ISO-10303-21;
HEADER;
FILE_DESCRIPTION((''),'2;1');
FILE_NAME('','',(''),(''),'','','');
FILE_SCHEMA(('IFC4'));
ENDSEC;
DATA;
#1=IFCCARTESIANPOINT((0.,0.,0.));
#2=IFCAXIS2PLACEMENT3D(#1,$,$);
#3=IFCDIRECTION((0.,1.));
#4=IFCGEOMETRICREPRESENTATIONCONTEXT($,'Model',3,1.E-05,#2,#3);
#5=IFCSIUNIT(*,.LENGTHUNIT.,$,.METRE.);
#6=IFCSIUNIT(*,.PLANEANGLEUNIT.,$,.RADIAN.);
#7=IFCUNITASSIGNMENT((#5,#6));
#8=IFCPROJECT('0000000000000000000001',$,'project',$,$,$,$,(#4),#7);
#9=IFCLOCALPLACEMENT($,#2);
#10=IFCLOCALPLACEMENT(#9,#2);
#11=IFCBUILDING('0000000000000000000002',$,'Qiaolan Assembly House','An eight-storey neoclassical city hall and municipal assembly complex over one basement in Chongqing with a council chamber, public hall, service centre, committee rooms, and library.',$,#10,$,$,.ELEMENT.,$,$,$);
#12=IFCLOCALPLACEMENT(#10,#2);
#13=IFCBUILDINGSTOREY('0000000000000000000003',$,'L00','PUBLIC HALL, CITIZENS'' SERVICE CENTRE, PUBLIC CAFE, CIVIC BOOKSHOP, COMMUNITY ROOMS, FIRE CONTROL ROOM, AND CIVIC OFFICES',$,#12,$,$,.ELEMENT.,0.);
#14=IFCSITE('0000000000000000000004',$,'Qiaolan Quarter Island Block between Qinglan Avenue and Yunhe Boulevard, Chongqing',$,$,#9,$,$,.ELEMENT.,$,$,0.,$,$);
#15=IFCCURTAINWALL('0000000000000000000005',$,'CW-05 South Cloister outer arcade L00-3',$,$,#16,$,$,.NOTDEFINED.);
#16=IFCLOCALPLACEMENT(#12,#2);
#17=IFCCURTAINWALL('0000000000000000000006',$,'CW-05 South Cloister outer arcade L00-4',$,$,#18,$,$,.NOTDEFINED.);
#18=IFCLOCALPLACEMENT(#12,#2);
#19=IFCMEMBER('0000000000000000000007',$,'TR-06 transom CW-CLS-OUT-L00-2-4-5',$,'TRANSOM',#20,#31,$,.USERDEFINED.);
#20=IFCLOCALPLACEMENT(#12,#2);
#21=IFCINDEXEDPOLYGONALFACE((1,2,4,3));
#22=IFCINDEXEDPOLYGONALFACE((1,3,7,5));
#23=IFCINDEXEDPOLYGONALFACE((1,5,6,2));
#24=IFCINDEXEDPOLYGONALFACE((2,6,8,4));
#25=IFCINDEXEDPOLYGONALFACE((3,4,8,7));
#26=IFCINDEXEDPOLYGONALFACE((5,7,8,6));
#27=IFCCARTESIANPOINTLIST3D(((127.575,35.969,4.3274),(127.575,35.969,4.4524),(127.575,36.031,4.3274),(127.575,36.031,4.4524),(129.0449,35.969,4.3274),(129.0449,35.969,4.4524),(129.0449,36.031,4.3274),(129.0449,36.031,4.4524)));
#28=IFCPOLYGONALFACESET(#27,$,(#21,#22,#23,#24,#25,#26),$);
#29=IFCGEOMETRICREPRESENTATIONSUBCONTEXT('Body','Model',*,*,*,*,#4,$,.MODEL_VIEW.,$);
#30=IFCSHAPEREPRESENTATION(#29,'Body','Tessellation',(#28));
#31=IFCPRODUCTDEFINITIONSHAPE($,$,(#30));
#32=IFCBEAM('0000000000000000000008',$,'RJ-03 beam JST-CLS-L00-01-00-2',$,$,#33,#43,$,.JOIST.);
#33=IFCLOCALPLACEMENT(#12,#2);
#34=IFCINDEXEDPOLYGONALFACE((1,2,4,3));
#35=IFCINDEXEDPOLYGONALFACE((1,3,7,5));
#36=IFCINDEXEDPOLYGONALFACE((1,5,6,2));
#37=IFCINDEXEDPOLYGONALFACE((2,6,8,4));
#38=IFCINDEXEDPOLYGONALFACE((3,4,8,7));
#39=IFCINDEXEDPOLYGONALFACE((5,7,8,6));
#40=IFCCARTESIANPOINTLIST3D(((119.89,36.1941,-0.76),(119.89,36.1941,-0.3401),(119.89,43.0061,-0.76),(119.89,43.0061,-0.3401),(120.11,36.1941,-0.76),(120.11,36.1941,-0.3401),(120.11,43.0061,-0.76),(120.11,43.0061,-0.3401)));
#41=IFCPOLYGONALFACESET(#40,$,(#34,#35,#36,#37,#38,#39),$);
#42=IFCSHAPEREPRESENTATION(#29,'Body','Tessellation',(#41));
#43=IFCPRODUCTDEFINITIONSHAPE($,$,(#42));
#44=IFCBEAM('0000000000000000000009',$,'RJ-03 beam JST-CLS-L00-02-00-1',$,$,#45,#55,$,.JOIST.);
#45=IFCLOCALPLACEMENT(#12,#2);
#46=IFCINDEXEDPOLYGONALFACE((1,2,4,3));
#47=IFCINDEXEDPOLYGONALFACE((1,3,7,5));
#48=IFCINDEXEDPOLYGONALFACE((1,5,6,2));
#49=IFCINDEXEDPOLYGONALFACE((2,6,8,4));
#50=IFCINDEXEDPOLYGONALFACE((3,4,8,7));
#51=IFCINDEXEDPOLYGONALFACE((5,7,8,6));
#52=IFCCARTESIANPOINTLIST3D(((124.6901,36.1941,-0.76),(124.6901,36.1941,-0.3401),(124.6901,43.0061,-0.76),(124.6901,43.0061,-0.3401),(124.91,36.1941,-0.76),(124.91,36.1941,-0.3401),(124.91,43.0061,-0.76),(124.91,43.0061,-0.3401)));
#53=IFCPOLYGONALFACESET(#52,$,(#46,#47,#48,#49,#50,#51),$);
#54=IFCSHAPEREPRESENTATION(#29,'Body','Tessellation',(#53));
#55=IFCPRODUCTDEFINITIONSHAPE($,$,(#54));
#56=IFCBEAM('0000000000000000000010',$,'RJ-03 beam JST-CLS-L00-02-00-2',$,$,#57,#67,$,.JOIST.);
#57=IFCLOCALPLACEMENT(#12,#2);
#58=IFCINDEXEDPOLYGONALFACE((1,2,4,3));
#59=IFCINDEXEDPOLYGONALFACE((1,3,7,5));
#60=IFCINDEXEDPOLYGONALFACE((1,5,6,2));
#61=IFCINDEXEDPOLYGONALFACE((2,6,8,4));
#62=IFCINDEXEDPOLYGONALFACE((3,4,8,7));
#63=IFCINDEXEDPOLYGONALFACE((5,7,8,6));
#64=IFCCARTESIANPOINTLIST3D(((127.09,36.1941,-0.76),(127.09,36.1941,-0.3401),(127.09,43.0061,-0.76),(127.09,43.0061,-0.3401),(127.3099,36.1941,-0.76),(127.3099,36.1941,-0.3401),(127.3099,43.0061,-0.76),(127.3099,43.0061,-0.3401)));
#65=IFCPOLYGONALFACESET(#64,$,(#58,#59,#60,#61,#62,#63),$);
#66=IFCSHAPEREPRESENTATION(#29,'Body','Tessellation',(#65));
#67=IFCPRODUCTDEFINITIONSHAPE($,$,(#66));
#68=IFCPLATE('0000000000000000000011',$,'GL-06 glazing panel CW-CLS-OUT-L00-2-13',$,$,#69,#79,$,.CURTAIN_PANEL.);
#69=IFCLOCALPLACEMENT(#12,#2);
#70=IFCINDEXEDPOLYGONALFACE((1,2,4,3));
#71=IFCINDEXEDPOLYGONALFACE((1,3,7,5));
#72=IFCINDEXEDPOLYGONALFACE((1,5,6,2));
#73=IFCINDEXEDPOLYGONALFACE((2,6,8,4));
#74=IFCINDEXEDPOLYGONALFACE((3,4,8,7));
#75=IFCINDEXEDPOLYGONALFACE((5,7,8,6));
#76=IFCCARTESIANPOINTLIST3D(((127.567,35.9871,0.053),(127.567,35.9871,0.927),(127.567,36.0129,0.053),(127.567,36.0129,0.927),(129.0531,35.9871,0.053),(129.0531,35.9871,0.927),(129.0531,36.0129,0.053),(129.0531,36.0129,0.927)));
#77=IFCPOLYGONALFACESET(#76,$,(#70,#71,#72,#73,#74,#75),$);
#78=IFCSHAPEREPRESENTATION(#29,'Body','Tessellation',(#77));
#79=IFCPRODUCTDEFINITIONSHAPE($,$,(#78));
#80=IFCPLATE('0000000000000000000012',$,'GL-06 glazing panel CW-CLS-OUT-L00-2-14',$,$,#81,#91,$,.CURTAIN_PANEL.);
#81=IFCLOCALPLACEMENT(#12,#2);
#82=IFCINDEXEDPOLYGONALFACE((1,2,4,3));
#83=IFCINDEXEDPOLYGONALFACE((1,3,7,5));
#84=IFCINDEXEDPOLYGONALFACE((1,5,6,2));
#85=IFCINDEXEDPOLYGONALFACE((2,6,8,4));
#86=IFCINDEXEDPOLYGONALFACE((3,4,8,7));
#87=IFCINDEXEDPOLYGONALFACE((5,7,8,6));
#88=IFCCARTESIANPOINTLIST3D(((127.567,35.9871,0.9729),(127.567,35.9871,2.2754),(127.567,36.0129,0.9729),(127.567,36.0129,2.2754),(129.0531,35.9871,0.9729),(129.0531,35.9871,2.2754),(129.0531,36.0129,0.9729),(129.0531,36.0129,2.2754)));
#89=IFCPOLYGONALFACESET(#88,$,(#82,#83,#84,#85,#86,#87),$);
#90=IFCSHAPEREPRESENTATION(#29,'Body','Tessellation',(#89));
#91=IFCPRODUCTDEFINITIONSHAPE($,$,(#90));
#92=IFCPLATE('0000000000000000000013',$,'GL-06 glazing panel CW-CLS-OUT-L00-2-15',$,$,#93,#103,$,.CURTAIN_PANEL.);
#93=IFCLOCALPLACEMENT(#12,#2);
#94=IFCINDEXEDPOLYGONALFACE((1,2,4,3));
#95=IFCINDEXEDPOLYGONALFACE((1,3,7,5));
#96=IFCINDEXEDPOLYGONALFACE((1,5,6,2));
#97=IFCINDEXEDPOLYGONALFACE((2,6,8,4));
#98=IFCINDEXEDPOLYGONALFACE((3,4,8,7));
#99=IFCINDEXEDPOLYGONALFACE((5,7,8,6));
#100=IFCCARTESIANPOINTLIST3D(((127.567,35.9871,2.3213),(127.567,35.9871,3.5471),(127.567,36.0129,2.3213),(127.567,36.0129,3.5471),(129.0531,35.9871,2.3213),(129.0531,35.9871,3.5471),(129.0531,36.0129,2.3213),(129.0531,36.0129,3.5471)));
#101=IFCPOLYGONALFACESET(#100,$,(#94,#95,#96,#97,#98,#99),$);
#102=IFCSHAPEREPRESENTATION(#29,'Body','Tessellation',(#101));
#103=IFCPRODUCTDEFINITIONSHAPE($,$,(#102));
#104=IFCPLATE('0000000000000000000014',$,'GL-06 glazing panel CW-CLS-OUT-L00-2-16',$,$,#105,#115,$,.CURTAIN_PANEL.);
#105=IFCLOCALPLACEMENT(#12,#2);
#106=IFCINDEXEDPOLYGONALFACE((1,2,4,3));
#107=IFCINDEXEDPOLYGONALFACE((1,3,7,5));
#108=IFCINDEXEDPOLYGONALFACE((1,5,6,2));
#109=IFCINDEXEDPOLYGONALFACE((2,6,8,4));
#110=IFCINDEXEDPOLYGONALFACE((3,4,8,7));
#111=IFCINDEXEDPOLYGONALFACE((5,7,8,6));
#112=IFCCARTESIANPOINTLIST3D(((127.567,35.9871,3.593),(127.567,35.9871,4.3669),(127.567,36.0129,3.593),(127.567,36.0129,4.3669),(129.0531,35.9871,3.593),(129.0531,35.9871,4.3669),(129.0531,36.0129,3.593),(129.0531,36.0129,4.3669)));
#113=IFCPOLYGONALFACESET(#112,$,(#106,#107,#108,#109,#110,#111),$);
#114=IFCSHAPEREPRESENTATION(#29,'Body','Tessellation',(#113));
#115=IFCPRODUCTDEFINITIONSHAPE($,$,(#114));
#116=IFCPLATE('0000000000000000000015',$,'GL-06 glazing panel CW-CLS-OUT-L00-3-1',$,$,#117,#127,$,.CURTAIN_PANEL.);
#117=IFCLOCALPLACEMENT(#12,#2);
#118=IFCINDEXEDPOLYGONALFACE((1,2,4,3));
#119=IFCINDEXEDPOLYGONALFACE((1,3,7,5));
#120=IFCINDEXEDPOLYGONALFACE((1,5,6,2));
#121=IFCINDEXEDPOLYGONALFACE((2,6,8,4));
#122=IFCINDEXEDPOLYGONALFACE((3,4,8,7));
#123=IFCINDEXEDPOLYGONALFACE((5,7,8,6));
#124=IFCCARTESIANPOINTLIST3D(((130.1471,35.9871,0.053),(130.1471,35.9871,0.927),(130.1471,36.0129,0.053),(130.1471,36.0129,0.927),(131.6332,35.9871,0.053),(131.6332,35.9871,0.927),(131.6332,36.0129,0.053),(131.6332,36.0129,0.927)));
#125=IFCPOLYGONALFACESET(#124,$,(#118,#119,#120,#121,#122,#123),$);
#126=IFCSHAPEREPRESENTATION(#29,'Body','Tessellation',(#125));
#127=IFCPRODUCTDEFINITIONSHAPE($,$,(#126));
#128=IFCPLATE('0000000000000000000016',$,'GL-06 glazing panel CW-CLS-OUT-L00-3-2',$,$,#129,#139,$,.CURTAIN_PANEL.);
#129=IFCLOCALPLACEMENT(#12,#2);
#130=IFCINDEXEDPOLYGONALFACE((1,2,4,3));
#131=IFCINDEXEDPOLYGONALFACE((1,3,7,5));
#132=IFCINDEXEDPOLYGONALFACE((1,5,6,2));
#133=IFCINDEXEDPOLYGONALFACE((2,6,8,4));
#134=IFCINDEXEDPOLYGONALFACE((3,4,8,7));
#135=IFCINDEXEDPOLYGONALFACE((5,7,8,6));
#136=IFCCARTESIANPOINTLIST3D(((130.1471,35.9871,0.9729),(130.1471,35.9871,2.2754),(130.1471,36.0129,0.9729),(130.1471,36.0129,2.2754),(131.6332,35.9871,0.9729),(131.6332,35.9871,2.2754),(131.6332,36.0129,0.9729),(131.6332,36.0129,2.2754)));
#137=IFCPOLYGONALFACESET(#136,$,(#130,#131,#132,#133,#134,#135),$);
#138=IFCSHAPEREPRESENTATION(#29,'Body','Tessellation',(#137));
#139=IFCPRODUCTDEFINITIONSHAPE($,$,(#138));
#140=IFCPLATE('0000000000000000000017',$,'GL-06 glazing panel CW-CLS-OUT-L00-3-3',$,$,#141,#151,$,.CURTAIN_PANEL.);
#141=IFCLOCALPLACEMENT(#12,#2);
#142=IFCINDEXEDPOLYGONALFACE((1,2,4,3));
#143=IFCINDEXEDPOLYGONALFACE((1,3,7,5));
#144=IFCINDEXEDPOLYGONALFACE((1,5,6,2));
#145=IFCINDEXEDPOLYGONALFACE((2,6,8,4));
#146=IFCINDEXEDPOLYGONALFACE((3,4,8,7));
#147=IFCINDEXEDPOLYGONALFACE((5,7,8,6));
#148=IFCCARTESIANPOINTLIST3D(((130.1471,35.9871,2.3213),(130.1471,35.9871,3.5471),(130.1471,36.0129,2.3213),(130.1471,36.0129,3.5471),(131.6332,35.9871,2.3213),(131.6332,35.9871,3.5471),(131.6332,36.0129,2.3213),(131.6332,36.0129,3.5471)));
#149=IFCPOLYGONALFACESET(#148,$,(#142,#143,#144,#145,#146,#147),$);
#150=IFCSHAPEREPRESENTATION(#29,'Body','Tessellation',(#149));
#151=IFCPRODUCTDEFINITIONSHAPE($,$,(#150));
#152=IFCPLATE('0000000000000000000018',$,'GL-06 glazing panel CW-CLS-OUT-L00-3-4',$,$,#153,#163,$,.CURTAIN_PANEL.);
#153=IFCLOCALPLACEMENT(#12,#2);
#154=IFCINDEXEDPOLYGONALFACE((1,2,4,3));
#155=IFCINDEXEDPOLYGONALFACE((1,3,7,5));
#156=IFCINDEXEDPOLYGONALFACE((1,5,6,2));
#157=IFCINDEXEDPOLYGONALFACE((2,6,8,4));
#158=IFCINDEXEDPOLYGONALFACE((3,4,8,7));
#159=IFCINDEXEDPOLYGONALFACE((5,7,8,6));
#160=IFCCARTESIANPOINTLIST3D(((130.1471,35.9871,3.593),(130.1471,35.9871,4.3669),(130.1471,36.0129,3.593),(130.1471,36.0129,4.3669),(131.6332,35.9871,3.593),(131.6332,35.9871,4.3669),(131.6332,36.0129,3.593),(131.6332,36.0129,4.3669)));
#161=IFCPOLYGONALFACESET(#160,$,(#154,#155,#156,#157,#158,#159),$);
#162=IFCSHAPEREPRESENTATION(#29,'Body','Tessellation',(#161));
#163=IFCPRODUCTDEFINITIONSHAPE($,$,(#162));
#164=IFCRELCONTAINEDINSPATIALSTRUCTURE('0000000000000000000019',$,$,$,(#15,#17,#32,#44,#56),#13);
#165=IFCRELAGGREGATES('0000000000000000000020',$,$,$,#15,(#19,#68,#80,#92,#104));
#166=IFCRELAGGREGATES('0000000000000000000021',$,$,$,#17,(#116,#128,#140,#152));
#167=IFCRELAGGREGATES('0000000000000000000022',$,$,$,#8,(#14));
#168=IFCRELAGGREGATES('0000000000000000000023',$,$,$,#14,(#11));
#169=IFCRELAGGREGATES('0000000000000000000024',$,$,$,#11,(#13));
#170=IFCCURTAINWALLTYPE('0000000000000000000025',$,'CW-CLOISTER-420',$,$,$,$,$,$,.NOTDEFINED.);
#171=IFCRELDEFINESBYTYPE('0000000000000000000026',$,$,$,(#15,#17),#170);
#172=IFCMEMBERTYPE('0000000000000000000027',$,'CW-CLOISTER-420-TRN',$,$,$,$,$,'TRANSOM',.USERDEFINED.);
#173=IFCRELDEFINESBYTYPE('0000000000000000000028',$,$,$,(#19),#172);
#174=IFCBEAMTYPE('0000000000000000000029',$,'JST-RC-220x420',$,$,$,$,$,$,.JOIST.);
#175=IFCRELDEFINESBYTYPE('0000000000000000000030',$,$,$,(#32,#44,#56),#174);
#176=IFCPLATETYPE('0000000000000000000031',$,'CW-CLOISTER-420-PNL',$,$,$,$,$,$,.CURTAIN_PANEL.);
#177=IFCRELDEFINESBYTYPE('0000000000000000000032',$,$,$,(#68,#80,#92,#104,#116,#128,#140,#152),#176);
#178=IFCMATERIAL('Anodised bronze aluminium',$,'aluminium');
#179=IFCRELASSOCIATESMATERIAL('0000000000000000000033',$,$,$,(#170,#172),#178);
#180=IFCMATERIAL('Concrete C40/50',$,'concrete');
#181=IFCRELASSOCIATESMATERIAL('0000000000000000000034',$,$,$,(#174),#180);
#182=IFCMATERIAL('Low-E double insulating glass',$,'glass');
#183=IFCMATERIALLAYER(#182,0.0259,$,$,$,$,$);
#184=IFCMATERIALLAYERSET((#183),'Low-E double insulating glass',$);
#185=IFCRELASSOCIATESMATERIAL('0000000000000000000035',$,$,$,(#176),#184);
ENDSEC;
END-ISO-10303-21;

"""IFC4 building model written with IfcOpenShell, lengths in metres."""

from ifc_helpers import new_model, si_unit, direction, frame, frame_2d, origin, origin_2d, place, context, subcontext, project, spatial, rectangle, extrude, material, layer, layer_set, material_profile, profile_set, type_object, element, aggregate, save


model = new_model("IFC4")

# Units and contexts
model_context = context("Model", 3, precision=1e-05, world=origin(), true_north=direction((0.0, 1.0)))
body_context = subcontext(model_context, "Body", "Model", "MODEL_VIEW")
ifc_project = project(units=[si_unit("LENGTHUNIT", "METRE"), si_unit("PLANEANGLEUNIT", "RADIAN")], contexts=[model_context])

# Site, building, storey
site_placement = place(None, origin())
site = spatial("IfcSite", under=ifc_project, at=site_placement, Name="Qiaolan Quarter Island Block between Qinglan Avenue and Yunhe Boulevard, Chongqing", CompositionType="ELEMENT", RefElevation=0.0)
building_placement = place(site_placement, origin())
building = spatial("IfcBuilding", under=site, at=building_placement, Name="Qiaolan Assembly House", Description="An eight-storey neoclassical city hall and municipal assembly complex over one basement in Chongqing with a council chamber, public hall, service centre, committee rooms, and library.", CompositionType="ELEMENT")
storey_placement = place(building_placement, origin())
storey = spatial("IfcBuildingStorey", under=building, at=storey_placement, Name="L00", Description="PUBLIC HALL, CITIZENS' SERVICE CENTRE, PUBLIC CAFE, CIVIC BOOKSHOP, COMMUNITY ROOMS, FIRE CONTROL ROOM, AND CIVIC OFFICES", CompositionType="ELEMENT", Elevation=0.0)

# Shared definitions
ifc_material_1 = material(Name="Concrete C40/50", Category="concrete")

# Curtain wall
ifc_material_2 = material(Name="Anodised bronze aluminium", Category="aluminium")
curtain_wall_type = type_object("IfcCurtainWallType", Name="CW-CLOISTER-420", PredefinedType="NOTDEFINED", material=ifc_material_2)
curtain_wall_1_placement = place(storey_placement, origin())
curtain_wall_1 = element("IfcCurtainWall", 1, at=curtain_wall_1_placement, inside=storey, type_object=curtain_wall_type, Name="CW-05 South Cloister outer arcade L00-3", PredefinedType="NOTDEFINED")

# Curtain wall
curtain_wall_2_placement = place(storey_placement, origin())
curtain_wall_2 = element("IfcCurtainWall", 2, at=curtain_wall_2_placement, inside=storey, type_object=curtain_wall_type, Name="CW-05 South Cloister outer arcade L00-4", PredefinedType="NOTDEFINED")

# Shared definitions
ifc_material_profile_1 = material_profile(ifc_material_2, rectangle(XDim=0.062, YDim=0.125, at=origin_2d()), Name="TRN 62x125")
ifc_profile_set_1 = profile_set([ifc_material_profile_1], Name="Anodised bronze aluminium")
member_type_1 = type_object("IfcMemberType", Name="CW-CLOISTER-420-TRN", ElementType="TRANSOM", PredefinedType="USERDEFINED", material=ifc_profile_set_1)

# Member
member_1_placement = place(storey_placement, frame((127.575, 36.0, 4.3899), z_axis=(1.0, 0.0, 0.0), x_axis=(0.0, 1.0, 0.0)))
member_1 = element("IfcMember", 3, at=member_1_placement, type_object=member_type_1, Name="TR-06 transom CW-CLS-OUT-L00-2-4-5", ObjectType="TRANSOM", PredefinedType="USERDEFINED", context=body_context, shape_type="SweptSolid", body=[
    extrude(rectangle(XDim=0.062, YDim=0.125, at=origin_2d()), origin(), (0.0, 0.0, 1.0), 1.47),
])

# Beams
ifc_material_profile_2 = material_profile(ifc_material_1, rectangle(XDim=0.22, YDim=0.4199, at=origin_2d()), Name="RCB 220x420")
ifc_profile_set_2 = profile_set([ifc_material_profile_2], Name="Concrete C40/50")
beam_type_1 = type_object("IfcBeamType", Name="JST-RC-220x420", PredefinedType="JOIST", material=ifc_profile_set_2)
for number, where, z_axis, x_axis, name in (
    (4, (120.0, 36.1941, -0.55), (0.0, 1.0, 0.0), (-1.0, 0.0, 0.0), "RJ-03 beam JST-CLS-L00-01-00-2"),
    (5, (124.8, 36.1941, -0.55), (0.0, 1.0, 0.0), (-1.0, 0.0, 0.0), "RJ-03 beam JST-CLS-L00-02-00-1"),
    (6, (127.2, 36.1941, -0.55), (0.0, 1.0, 0.0), (-1.0, 0.0, 0.0), "RJ-03 beam JST-CLS-L00-02-00-2"),
):
    element("IfcBeam", number, at=place(storey_placement, frame(where, z_axis=z_axis, x_axis=x_axis)), inside=storey, type_object=beam_type_1, Name=name, PredefinedType="JOIST", context=body_context, shape_type="SweptSolid", body=[
        extrude(rectangle(XDim=0.22, YDim=0.4199, at=origin_2d()), origin(), (0.0, 0.0, 1.0), 6.812),
    ])

# Plates
ifc_material_3 = material(Name="Low-E double insulating glass", Category="glass")
ifc_layer = layer(ifc_material_3, 0.0259)
ifc_layer_set = layer_set([ifc_layer], Name="Low-E double insulating glass")
plate_type = type_object("IfcPlateType", Name="CW-CLOISTER-420-PNL", PredefinedType="CURTAIN_PANEL", material=ifc_layer_set)
plate_1_placement = place(storey_placement, frame((127.5669, 36.0, 0.053), z_axis=(0.0, 0.0, 1.0), x_axis=(1.0, 0.0, 0.0)))
plate_1 = element("IfcPlate", 7, at=plate_1_placement, type_object=plate_type, Name="GL-06 glazing panel CW-CLS-OUT-L00-2-13", PredefinedType="CURTAIN_PANEL", context=body_context, shape_type="SweptSolid", body=[
    extrude(rectangle(XDim=1.4861, YDim=0.0259, at=frame_2d((0.7432, 0.0))), origin(), (0.0, 0.0, 1.0), 0.874),
])
plate_2_placement = place(storey_placement, frame((127.5669, 36.0, 0.9729), z_axis=(0.0, 0.0, 1.0), x_axis=(1.0, 0.0, 0.0)))
plate_2 = element("IfcPlate", 8, at=plate_2_placement, type_object=plate_type, Name="GL-06 glazing panel CW-CLS-OUT-L00-2-14", PredefinedType="CURTAIN_PANEL", context=body_context, shape_type="SweptSolid", body=[
    extrude(rectangle(XDim=1.4861, YDim=0.0259, at=frame_2d((0.7432, 0.0))), origin(), (0.0, 0.0, 1.0), 1.3025),
])
plate_3_placement = place(storey_placement, frame((127.5669, 36.0, 2.3213), z_axis=(0.0, 0.0, 1.0), x_axis=(1.0, 0.0, 0.0)))
plate_3 = element("IfcPlate", 9, at=plate_3_placement, type_object=plate_type, Name="GL-06 glazing panel CW-CLS-OUT-L00-2-15", PredefinedType="CURTAIN_PANEL", context=body_context, shape_type="SweptSolid", body=[
    extrude(rectangle(XDim=1.4861, YDim=0.0259, at=frame_2d((0.7432, 0.0))), origin(), (0.0, 0.0, 1.0), 1.2258),
])
plate_4_placement = place(storey_placement, frame((127.5669, 36.0, 3.593), z_axis=(0.0, 0.0, 1.0), x_axis=(1.0, 0.0, 0.0)))
plate_4 = element("IfcPlate", 10, at=plate_4_placement, type_object=plate_type, Name="GL-06 glazing panel CW-CLS-OUT-L00-2-16", PredefinedType="CURTAIN_PANEL", context=body_context, shape_type="SweptSolid", body=[
    extrude(rectangle(XDim=1.4861, YDim=0.0259, at=frame_2d((0.7432, 0.0))), origin(), (0.0, 0.0, 1.0), 0.7739),
])
aggregate(curtain_wall_1, [member_1, plate_1, plate_2, plate_3, plate_4])
plate_5_placement = place(storey_placement, frame((130.147, 36.0, 0.053), z_axis=(0.0, 0.0, 1.0), x_axis=(1.0, 0.0, 0.0)))
plate_5 = element("IfcPlate", 11, at=plate_5_placement, type_object=plate_type, Name="GL-06 glazing panel CW-CLS-OUT-L00-3-1", PredefinedType="CURTAIN_PANEL", context=body_context, shape_type="SweptSolid", body=[
    extrude(rectangle(XDim=1.4861, YDim=0.0259, at=frame_2d((0.7432, 0.0))), origin(), (0.0, 0.0, 1.0), 0.874),
])
plate_6_placement = place(storey_placement, frame((130.147, 36.0, 0.9729), z_axis=(0.0, 0.0, 1.0), x_axis=(1.0, 0.0, 0.0)))
plate_6 = element("IfcPlate", 12, at=plate_6_placement, type_object=plate_type, Name="GL-06 glazing panel CW-CLS-OUT-L00-3-2", PredefinedType="CURTAIN_PANEL", context=body_context, shape_type="SweptSolid", body=[
    extrude(rectangle(XDim=1.4861, YDim=0.0259, at=frame_2d((0.7432, 0.0))), origin(), (0.0, 0.0, 1.0), 1.3025),
])
plate_7_placement = place(storey_placement, frame((130.147, 36.0, 2.3213), z_axis=(0.0, 0.0, 1.0), x_axis=(1.0, 0.0, 0.0)))
plate_7 = element("IfcPlate", 13, at=plate_7_placement, type_object=plate_type, Name="GL-06 glazing panel CW-CLS-OUT-L00-3-3", PredefinedType="CURTAIN_PANEL", context=body_context, shape_type="SweptSolid", body=[
    extrude(rectangle(XDim=1.4861, YDim=0.0259, at=frame_2d((0.7432, 0.0))), origin(), (0.0, 0.0, 1.0), 1.2258),
])
plate_8_placement = place(storey_placement, frame((130.147, 36.0, 3.593), z_axis=(0.0, 0.0, 1.0), x_axis=(1.0, 0.0, 0.0)))
plate_8 = element("IfcPlate", 14, at=plate_8_placement, type_object=plate_type, Name="GL-06 glazing panel CW-CLS-OUT-L00-3-4", PredefinedType="CURTAIN_PANEL", context=body_context, shape_type="SweptSolid", body=[
    extrude(rectangle(XDim=1.4861, YDim=0.0259, at=frame_2d((0.7432, 0.0))), origin(), (0.0, 0.0, 1.0), 0.7739),
])
aggregate(curtain_wall_2, [plate_5, plate_6, plate_7, plate_8])

save(model, "model.ifc")
